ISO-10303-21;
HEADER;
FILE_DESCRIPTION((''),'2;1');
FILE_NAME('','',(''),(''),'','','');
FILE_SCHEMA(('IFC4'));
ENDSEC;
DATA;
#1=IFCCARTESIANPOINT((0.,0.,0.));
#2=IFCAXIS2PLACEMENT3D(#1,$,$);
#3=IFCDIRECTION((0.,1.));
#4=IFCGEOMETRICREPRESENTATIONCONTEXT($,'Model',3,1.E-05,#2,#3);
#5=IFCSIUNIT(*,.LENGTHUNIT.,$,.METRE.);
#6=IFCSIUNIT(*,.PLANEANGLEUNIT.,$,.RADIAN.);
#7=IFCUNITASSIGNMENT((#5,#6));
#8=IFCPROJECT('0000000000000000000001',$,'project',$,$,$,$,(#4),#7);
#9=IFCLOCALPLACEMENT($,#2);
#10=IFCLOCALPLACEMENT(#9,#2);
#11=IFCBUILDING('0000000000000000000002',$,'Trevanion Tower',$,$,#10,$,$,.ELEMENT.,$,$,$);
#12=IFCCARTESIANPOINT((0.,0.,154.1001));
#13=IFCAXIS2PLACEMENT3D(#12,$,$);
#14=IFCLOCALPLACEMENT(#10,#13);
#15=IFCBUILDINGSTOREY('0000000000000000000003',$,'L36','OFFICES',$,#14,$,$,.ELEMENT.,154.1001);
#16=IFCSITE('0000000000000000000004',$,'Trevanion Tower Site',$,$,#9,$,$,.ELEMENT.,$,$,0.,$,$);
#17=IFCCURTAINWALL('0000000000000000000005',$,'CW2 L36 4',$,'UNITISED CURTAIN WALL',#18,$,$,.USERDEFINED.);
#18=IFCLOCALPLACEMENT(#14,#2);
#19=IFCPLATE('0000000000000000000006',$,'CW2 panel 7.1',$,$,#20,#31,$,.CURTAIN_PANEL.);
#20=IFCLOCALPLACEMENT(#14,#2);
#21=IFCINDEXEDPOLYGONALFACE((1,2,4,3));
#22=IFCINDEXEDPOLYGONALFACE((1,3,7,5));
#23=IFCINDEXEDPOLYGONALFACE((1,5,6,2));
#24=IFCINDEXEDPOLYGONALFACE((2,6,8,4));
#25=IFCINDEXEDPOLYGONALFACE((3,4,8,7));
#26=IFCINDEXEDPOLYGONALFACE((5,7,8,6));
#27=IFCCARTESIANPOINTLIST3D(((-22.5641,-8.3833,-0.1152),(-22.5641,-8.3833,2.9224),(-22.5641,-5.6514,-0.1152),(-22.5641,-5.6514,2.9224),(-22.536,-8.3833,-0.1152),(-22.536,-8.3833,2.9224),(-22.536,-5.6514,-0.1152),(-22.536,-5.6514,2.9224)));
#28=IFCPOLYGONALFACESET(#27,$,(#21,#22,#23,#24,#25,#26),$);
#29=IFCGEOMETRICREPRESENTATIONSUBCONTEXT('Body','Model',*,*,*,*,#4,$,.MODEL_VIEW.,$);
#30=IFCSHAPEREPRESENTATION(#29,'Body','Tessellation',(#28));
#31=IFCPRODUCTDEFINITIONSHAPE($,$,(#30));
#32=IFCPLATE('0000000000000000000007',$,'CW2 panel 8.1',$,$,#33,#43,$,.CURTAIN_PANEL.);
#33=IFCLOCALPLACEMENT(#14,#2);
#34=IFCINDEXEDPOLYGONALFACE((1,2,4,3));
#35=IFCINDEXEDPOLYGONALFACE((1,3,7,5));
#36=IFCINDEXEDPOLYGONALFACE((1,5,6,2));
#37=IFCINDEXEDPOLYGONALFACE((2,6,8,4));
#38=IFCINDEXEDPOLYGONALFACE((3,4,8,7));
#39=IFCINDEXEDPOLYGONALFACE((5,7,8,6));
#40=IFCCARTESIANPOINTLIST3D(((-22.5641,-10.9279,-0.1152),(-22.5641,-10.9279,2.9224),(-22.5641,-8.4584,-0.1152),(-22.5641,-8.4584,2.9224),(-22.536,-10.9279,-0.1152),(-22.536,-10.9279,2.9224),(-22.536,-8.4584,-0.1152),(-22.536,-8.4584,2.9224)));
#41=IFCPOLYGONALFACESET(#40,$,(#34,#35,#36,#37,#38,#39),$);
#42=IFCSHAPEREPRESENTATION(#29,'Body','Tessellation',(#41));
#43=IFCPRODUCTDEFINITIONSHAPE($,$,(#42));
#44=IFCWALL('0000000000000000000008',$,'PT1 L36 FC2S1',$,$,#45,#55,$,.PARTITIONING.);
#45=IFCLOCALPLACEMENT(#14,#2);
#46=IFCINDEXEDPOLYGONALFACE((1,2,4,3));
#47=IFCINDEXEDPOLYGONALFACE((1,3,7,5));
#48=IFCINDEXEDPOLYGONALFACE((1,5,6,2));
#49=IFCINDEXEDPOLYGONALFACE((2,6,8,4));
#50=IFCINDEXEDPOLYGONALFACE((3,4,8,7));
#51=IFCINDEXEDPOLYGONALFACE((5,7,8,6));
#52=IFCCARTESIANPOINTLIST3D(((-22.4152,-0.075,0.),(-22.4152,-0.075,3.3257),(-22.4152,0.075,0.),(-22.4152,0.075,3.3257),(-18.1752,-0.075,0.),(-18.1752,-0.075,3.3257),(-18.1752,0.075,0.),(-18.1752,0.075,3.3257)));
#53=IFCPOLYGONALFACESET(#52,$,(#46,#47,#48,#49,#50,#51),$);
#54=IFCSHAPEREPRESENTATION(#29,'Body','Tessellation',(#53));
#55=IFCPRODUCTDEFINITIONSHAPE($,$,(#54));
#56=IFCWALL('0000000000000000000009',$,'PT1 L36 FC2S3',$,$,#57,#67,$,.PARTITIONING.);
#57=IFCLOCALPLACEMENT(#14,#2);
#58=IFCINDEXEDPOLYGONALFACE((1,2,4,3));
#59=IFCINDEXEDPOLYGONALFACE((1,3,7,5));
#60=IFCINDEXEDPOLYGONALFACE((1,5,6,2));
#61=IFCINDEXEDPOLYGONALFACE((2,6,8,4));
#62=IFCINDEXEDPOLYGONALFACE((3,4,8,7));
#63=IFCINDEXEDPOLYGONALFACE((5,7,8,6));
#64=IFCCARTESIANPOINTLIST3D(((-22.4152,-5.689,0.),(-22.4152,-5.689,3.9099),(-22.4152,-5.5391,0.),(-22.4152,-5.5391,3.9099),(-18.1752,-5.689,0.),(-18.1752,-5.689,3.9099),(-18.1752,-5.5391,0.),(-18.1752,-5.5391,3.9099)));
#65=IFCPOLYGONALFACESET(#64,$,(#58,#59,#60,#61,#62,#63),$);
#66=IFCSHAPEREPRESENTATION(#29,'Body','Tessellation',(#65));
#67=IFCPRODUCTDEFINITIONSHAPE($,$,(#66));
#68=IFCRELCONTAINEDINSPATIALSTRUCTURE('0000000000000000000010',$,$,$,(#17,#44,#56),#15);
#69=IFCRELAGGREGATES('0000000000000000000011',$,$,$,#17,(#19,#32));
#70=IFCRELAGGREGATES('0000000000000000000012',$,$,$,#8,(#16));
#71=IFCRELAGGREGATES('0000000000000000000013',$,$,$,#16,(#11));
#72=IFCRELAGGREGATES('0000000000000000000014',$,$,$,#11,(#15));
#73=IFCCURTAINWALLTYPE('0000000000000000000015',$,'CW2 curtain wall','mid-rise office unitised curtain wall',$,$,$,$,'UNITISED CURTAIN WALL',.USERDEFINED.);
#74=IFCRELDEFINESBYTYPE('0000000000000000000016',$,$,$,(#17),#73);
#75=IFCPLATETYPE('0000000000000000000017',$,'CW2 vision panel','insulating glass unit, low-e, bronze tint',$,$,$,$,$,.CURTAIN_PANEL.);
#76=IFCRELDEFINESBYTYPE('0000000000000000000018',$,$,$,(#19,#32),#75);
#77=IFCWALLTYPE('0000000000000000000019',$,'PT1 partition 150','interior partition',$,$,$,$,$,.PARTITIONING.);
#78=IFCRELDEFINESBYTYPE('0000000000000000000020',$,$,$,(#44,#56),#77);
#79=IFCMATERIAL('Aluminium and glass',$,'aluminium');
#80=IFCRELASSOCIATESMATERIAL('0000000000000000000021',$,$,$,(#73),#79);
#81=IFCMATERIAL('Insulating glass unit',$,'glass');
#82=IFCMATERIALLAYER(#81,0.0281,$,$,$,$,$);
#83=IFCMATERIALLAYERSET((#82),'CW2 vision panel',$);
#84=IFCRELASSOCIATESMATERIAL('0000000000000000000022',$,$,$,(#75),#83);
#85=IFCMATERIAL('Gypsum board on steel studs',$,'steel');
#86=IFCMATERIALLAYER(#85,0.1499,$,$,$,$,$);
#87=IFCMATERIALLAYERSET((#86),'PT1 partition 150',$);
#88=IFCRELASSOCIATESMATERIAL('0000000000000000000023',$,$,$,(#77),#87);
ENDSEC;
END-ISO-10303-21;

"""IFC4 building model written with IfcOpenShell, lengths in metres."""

from ifc_helpers import new_model, si_unit, direction, frame, frame_2d, origin, origin_2d, place, context, subcontext, project, spatial, rectangle, extrude, material, layer, layer_set, type_object, element, aggregate, save


model = new_model("IFC4")

# Units and contexts
model_context = context("Model", 3, precision=1e-05, world=origin(), true_north=direction((0.0, 1.0)))
body_context = subcontext(model_context, "Body", "Model", "MODEL_VIEW")
ifc_project = project(units=[si_unit("LENGTHUNIT", "METRE"), si_unit("PLANEANGLEUNIT", "RADIAN")], contexts=[model_context])

# Site, building, storey
site_placement = place(None, origin())
site = spatial("IfcSite", under=ifc_project, at=site_placement, Name="Trevanion Tower Site", CompositionType="ELEMENT", RefElevation=0.0)
building_placement = place(site_placement, origin())
building = spatial("IfcBuilding", under=site, at=building_placement, Name="Trevanion Tower", CompositionType="ELEMENT")
storey_placement = place(building_placement, frame((0.0, 0.0, 154.1001)))
storey = spatial("IfcBuildingStorey", under=building, at=storey_placement, Name="L36", Description="OFFICES", CompositionType="ELEMENT", Elevation=154.1001)

# Curtain wall
ifc_material_1 = material(Name="Aluminium and glass", Category="aluminium")
curtain_wall_type = type_object("IfcCurtainWallType", Name="CW2 curtain wall", Description="mid-rise office unitised curtain wall", ElementType="UNITISED CURTAIN WALL", PredefinedType="USERDEFINED", material=ifc_material_1)
curtain_wall_1_placement = place(storey_placement, origin())
curtain_wall_1 = element("IfcCurtainWall", 1, at=curtain_wall_1_placement, inside=storey, type_object=curtain_wall_type, Name="CW2 L36 4", ObjectType="UNITISED CURTAIN WALL", PredefinedType="USERDEFINED")

# Plates
ifc_material_2 = material(Name="Insulating glass unit", Category="glass")
ifc_layer_1 = layer(ifc_material_2, 0.0281)
ifc_layer_set_1 = layer_set([ifc_layer_1], Name="CW2 vision panel")
plate_type_1 = type_object("IfcPlateType", Name="CW2 vision panel", Description="insulating glass unit, low-e, bronze tint", PredefinedType="CURTAIN_PANEL", material=ifc_layer_set_1)
plate_1_placement = place(storey_placement, frame((-22.55, -7.0173, -0.1152), z_axis=(0.0, 0.0, 1.0), x_axis=(0.0, -1.0, 0.0)))
plate_1 = element("IfcPlate", 2, at=plate_1_placement, type_object=plate_type_1, Name="CW2 panel 7.1", PredefinedType="CURTAIN_PANEL", context=body_context, shape_type="SweptSolid", body=[
    extrude(rectangle(XDim=2.7319, YDim=0.0281, at=origin_2d()), origin(), (0.0, 0.0, 1.0), 3.0376),
])
plate_2_placement = place(storey_placement, frame((-22.55, -9.6931, -0.1152), z_axis=(0.0, 0.0, 1.0), x_axis=(0.0, -1.0, 0.0)))
plate_2 = element("IfcPlate", 3, at=plate_2_placement, type_object=plate_type_1, Name="CW2 panel 8.1", PredefinedType="CURTAIN_PANEL", context=body_context, shape_type="SweptSolid", body=[
    extrude(rectangle(XDim=2.4695, YDim=0.0281, at=origin_2d()), origin(), (0.0, 0.0, 1.0), 3.0376),
])
aggregate(curtain_wall_1, [plate_1, plate_2])

# Walls
ifc_material_3 = material(Name="Gypsum board on steel studs", Category="steel")
ifc_layer_2 = layer(ifc_material_3, 0.1499)
ifc_layer_set_2 = layer_set([ifc_layer_2], Name="PT1 partition 150")
wall_type = type_object("IfcWallType", Name="PT1 partition 150", Description="interior partition", PredefinedType="PARTITIONING", material=ifc_layer_set_2)
wall_1_placement = place(storey_placement, frame((-18.175, 0.0, 0.0), z_axis=(0.0, 0.0, 1.0), x_axis=(-1.0, 0.0, 0.0)))
element("IfcWall", 4, at=wall_1_placement, inside=storey, type_object=wall_type, Name="PT1 L36 FC2S1", PredefinedType="PARTITIONING", context=body_context, shape_type="SweptSolid", body=[
    extrude(rectangle(XDim=4.24, YDim=0.1499, at=frame_2d((2.1201, 0.0))), origin(), (0.0, 0.0, 1.0), 3.3257),
])
wall_2_placement = place(storey_placement, frame((-18.175, -5.614, 0.0), z_axis=(0.0, 0.0, 1.0), x_axis=(-1.0, 0.0, 0.0)))
element("IfcWall", 5, at=wall_2_placement, inside=storey, type_object=wall_type, Name="PT1 L36 FC2S3", PredefinedType="PARTITIONING", context=body_context, shape_type="SweptSolid", body=[
    extrude(rectangle(XDim=4.24, YDim=0.1499, at=frame_2d((2.1201, 0.0))), origin(), (0.0, 0.0, 1.0), 3.9099),
])

save(model, "model.ifc")
